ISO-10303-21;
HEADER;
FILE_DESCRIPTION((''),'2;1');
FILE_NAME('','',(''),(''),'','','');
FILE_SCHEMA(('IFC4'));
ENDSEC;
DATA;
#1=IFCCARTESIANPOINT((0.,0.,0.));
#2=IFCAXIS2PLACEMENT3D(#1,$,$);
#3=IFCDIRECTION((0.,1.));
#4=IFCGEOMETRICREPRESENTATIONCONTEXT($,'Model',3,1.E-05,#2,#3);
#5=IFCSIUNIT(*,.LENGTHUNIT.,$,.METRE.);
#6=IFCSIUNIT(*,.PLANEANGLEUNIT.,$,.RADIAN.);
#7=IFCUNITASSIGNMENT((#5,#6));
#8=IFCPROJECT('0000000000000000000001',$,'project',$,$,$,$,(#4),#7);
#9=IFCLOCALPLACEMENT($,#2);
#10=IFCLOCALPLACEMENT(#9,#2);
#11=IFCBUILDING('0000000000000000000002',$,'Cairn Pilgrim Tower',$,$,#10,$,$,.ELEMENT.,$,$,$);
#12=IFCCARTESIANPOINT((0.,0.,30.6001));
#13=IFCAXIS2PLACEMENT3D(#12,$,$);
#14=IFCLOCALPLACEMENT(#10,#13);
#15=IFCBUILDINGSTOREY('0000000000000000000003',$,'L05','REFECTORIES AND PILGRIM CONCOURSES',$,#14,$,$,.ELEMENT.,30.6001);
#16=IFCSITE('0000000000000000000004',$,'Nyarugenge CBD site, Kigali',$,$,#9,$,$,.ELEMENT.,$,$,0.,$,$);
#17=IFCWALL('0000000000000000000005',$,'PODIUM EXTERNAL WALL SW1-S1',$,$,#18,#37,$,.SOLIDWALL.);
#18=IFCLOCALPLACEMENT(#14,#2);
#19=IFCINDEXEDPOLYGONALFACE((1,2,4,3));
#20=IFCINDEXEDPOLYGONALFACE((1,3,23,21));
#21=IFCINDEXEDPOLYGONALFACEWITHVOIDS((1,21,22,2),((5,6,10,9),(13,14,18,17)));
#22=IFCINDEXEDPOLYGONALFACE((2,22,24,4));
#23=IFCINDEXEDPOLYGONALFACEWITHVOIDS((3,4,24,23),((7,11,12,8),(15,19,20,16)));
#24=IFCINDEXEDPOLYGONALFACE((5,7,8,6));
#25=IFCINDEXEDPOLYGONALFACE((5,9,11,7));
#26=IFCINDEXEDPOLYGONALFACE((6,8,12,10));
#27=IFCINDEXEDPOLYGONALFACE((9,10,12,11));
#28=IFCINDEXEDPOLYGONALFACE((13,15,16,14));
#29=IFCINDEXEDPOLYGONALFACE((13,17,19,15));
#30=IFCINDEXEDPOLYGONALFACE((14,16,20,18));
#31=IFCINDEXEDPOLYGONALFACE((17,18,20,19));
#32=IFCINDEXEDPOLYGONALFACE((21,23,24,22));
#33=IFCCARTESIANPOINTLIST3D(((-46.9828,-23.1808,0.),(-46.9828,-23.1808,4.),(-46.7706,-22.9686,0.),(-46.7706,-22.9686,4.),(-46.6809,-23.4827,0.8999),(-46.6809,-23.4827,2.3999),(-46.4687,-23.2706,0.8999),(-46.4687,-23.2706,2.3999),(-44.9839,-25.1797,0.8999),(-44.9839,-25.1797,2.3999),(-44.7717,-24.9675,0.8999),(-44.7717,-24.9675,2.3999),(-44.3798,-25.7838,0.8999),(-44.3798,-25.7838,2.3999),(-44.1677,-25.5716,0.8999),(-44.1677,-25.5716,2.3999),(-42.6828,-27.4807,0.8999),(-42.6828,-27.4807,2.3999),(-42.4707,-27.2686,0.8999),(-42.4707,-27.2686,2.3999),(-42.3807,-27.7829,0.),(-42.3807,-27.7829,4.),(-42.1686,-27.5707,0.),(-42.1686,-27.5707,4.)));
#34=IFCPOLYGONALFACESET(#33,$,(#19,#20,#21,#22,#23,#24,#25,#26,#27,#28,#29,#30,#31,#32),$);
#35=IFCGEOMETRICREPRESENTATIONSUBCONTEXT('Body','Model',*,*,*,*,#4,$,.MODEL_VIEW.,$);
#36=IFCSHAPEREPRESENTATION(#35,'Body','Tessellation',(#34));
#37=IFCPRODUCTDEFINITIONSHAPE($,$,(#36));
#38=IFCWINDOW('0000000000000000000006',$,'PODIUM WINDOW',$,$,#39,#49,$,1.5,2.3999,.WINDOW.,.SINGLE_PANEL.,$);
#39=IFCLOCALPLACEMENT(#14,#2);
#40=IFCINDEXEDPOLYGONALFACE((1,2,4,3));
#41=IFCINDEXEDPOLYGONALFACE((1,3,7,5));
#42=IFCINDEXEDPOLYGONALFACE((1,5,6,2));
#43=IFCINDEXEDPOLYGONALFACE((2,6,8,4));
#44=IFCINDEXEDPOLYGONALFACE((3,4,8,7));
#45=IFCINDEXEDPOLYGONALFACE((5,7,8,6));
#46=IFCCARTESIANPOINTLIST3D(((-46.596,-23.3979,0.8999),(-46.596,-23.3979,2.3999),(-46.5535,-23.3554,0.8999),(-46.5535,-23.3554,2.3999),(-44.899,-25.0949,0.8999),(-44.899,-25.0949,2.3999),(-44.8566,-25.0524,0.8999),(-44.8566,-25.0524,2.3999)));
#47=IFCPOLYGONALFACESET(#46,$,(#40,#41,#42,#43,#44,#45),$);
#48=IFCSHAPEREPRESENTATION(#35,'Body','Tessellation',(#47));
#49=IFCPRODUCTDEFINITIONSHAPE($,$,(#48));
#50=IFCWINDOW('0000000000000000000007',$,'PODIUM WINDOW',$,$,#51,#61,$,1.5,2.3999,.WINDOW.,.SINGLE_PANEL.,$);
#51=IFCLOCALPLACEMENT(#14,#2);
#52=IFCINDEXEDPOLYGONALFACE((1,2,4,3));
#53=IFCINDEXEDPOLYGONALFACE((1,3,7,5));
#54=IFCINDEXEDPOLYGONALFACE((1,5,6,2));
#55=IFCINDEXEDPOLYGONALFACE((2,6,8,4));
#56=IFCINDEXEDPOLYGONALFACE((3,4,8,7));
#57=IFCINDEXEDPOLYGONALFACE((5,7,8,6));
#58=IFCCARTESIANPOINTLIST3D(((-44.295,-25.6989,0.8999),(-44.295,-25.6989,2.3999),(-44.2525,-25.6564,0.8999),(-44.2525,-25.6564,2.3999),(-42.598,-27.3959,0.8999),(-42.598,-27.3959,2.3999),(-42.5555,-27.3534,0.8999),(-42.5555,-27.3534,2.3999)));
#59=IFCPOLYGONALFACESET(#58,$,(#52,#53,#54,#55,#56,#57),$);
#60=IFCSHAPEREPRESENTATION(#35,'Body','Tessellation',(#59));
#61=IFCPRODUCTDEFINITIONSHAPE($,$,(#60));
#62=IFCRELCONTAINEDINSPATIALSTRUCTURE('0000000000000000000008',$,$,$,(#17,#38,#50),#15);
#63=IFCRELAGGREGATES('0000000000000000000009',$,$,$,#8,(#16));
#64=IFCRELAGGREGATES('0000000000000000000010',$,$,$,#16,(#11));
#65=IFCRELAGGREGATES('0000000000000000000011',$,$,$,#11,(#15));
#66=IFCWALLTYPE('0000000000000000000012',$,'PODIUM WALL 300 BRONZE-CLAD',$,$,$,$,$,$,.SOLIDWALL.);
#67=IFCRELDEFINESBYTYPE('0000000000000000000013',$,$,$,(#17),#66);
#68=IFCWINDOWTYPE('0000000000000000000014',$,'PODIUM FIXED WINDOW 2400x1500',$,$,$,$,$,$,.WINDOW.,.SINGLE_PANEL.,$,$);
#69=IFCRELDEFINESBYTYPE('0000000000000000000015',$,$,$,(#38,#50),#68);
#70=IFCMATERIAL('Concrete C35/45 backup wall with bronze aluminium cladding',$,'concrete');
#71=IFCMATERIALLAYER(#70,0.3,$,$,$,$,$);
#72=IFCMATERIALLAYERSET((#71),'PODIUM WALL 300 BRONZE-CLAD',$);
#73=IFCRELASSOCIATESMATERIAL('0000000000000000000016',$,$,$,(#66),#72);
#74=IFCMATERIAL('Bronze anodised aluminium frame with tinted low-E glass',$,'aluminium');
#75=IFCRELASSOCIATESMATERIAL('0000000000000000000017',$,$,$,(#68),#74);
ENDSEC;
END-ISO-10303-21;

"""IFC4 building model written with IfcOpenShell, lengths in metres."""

from ifc_helpers import new_model, si_unit, direction, frame, frame_2d, origin, place, context, subcontext, project, spatial, rectangle, extrude, material, layer, layer_set, type_object, element, fill, save


model = new_model("IFC4")

# Units and contexts
model_context = context("Model", 3, precision=1e-05, world=origin(), true_north=direction((0.0, 1.0)))
body_context = subcontext(model_context, "Body", "Model", "MODEL_VIEW")
ifc_project = project(units=[si_unit("LENGTHUNIT", "METRE"), si_unit("PLANEANGLEUNIT", "RADIAN")], contexts=[model_context])

# Site, building, storey
site_placement = place(None, origin())
site = spatial("IfcSite", under=ifc_project, at=site_placement, Name="Nyarugenge CBD site, Kigali", CompositionType="ELEMENT", RefElevation=0.0)
building_placement = place(site_placement, origin())
building = spatial("IfcBuilding", under=site, at=building_placement, Name="Cairn Pilgrim Tower", CompositionType="ELEMENT")
storey_placement = place(building_placement, frame((0.0, 0.0, 30.6001)))
storey = spatial("IfcBuildingStorey", under=building, at=storey_placement, Name="L05", Description="REFECTORIES AND PILGRIM CONCOURSES", CompositionType="ELEMENT", Elevation=30.6001)

# Wall, openings, windows
ifc_material_1 = material(Name="Concrete C35/45 backup wall with bronze aluminium cladding", Category="concrete")
ifc_layer_1 = layer(ifc_material_1, 0.3)
ifc_layer_set_1 = layer_set([ifc_layer_1], Name="PODIUM WALL 300 BRONZE-CLAD")
wall_type_1 = type_object("IfcWallType", Name="PODIUM WALL 300 BRONZE-CLAD", PredefinedType="SOLIDWALL", material=ifc_layer_set_1)
ifc_material_2 = material(Name="Bronze anodised aluminium frame with tinted low-E glass", Category="aluminium")
window_type = type_object("IfcWindowType", Name="PODIUM FIXED WINDOW 2400x1500", PartitioningType="SINGLE_PANEL", PredefinedType="WINDOW", material=ifc_material_2)
wall_1_placement = place(storey_placement, frame((-46.8767, -23.0747, 0.0), z_axis=(0.0, 0.0, 1.0), x_axis=(0.707107, -0.707107, 0.0)))
wall_1 = element("IfcWall", 1, at=wall_1_placement, inside=storey, type_object=wall_type_1, Name="PODIUM EXTERNAL WALL SW1-S1", PredefinedType="SOLIDWALL", context=body_context, shape_type="SweptSolid", body=[
    extrude(rectangle(XDim=6.5083, YDim=0.3, at=frame_2d((3.2542, 0.0))), origin(), (0.0, 0.0, 1.0), 4.0),
])
opening_1_placement = place(wall_1_placement, frame((0.427, 0.0, 0.8999)))
opening_1 = element("IfcOpeningElement", 2, at=opening_1_placement, cuts=wall_1, PredefinedType="OPENING", context=body_context, shape_type="SweptSolid", body=[
    extrude(rectangle(XDim=2.3999, YDim=1.5, at=frame_2d((1.2, 0.75))), frame((0.0, 0.1602, 0.0), z_axis=(0.0, -1.0, 0.0), x_axis=(1.0, 0.0, 0.0)), (0.0, 0.0, 1.0), 0.3201),
])
opening_2_placement = place(wall_1_placement, frame((3.6812, 0.0, 0.8999)))
opening_2 = element("IfcOpeningElement", 3, at=opening_2_placement, cuts=wall_1, PredefinedType="OPENING", context=body_context, shape_type="SweptSolid", body=[
    extrude(rectangle(XDim=2.3999, YDim=1.5, at=frame_2d((1.2, 0.75))), frame((0.0, 0.1602, 0.0), z_axis=(0.0, -1.0, 0.0), x_axis=(1.0, 0.0, 0.0)), (0.0, 0.0, 1.0), 0.3201),
])
window_1_placement = place(opening_1_placement, origin())
window_1 = element("IfcWindow", 4, at=window_1_placement, inside=storey, type_object=window_type, Name="PODIUM WINDOW", OverallHeight=1.5, OverallWidth=2.3999, PartitioningType="SINGLE_PANEL", PredefinedType="WINDOW", context=body_context, shape_type="SweptSolid", body=[
    extrude(rectangle(XDim=2.3999, YDim=1.5, at=frame_2d((1.2, 0.75))), frame((0.0, 0.03, 0.0), z_axis=(0.0, -1.0, 0.0), x_axis=(1.0, 0.0, 0.0)), (0.0, 0.0, 1.0), 0.0601),
])
fill(opening_1, window_1)
window_2_placement = place(opening_2_placement, origin())
window_2 = element("IfcWindow", 5, at=window_2_placement, inside=storey, type_object=window_type, Name="PODIUM WINDOW", OverallHeight=1.5, OverallWidth=2.3999, PartitioningType="SINGLE_PANEL", PredefinedType="WINDOW", context=body_context, shape_type="SweptSolid", body=[
    extrude(rectangle(XDim=2.3999, YDim=1.5, at=frame_2d((1.2, 0.75))), frame((0.0, 0.03, 0.0), z_axis=(0.0, -1.0, 0.0), x_axis=(1.0, 0.0, 0.0)), (0.0, 0.0, 1.0), 0.0601),
])
fill(opening_2, window_2)

save(model, "model.ifc")
